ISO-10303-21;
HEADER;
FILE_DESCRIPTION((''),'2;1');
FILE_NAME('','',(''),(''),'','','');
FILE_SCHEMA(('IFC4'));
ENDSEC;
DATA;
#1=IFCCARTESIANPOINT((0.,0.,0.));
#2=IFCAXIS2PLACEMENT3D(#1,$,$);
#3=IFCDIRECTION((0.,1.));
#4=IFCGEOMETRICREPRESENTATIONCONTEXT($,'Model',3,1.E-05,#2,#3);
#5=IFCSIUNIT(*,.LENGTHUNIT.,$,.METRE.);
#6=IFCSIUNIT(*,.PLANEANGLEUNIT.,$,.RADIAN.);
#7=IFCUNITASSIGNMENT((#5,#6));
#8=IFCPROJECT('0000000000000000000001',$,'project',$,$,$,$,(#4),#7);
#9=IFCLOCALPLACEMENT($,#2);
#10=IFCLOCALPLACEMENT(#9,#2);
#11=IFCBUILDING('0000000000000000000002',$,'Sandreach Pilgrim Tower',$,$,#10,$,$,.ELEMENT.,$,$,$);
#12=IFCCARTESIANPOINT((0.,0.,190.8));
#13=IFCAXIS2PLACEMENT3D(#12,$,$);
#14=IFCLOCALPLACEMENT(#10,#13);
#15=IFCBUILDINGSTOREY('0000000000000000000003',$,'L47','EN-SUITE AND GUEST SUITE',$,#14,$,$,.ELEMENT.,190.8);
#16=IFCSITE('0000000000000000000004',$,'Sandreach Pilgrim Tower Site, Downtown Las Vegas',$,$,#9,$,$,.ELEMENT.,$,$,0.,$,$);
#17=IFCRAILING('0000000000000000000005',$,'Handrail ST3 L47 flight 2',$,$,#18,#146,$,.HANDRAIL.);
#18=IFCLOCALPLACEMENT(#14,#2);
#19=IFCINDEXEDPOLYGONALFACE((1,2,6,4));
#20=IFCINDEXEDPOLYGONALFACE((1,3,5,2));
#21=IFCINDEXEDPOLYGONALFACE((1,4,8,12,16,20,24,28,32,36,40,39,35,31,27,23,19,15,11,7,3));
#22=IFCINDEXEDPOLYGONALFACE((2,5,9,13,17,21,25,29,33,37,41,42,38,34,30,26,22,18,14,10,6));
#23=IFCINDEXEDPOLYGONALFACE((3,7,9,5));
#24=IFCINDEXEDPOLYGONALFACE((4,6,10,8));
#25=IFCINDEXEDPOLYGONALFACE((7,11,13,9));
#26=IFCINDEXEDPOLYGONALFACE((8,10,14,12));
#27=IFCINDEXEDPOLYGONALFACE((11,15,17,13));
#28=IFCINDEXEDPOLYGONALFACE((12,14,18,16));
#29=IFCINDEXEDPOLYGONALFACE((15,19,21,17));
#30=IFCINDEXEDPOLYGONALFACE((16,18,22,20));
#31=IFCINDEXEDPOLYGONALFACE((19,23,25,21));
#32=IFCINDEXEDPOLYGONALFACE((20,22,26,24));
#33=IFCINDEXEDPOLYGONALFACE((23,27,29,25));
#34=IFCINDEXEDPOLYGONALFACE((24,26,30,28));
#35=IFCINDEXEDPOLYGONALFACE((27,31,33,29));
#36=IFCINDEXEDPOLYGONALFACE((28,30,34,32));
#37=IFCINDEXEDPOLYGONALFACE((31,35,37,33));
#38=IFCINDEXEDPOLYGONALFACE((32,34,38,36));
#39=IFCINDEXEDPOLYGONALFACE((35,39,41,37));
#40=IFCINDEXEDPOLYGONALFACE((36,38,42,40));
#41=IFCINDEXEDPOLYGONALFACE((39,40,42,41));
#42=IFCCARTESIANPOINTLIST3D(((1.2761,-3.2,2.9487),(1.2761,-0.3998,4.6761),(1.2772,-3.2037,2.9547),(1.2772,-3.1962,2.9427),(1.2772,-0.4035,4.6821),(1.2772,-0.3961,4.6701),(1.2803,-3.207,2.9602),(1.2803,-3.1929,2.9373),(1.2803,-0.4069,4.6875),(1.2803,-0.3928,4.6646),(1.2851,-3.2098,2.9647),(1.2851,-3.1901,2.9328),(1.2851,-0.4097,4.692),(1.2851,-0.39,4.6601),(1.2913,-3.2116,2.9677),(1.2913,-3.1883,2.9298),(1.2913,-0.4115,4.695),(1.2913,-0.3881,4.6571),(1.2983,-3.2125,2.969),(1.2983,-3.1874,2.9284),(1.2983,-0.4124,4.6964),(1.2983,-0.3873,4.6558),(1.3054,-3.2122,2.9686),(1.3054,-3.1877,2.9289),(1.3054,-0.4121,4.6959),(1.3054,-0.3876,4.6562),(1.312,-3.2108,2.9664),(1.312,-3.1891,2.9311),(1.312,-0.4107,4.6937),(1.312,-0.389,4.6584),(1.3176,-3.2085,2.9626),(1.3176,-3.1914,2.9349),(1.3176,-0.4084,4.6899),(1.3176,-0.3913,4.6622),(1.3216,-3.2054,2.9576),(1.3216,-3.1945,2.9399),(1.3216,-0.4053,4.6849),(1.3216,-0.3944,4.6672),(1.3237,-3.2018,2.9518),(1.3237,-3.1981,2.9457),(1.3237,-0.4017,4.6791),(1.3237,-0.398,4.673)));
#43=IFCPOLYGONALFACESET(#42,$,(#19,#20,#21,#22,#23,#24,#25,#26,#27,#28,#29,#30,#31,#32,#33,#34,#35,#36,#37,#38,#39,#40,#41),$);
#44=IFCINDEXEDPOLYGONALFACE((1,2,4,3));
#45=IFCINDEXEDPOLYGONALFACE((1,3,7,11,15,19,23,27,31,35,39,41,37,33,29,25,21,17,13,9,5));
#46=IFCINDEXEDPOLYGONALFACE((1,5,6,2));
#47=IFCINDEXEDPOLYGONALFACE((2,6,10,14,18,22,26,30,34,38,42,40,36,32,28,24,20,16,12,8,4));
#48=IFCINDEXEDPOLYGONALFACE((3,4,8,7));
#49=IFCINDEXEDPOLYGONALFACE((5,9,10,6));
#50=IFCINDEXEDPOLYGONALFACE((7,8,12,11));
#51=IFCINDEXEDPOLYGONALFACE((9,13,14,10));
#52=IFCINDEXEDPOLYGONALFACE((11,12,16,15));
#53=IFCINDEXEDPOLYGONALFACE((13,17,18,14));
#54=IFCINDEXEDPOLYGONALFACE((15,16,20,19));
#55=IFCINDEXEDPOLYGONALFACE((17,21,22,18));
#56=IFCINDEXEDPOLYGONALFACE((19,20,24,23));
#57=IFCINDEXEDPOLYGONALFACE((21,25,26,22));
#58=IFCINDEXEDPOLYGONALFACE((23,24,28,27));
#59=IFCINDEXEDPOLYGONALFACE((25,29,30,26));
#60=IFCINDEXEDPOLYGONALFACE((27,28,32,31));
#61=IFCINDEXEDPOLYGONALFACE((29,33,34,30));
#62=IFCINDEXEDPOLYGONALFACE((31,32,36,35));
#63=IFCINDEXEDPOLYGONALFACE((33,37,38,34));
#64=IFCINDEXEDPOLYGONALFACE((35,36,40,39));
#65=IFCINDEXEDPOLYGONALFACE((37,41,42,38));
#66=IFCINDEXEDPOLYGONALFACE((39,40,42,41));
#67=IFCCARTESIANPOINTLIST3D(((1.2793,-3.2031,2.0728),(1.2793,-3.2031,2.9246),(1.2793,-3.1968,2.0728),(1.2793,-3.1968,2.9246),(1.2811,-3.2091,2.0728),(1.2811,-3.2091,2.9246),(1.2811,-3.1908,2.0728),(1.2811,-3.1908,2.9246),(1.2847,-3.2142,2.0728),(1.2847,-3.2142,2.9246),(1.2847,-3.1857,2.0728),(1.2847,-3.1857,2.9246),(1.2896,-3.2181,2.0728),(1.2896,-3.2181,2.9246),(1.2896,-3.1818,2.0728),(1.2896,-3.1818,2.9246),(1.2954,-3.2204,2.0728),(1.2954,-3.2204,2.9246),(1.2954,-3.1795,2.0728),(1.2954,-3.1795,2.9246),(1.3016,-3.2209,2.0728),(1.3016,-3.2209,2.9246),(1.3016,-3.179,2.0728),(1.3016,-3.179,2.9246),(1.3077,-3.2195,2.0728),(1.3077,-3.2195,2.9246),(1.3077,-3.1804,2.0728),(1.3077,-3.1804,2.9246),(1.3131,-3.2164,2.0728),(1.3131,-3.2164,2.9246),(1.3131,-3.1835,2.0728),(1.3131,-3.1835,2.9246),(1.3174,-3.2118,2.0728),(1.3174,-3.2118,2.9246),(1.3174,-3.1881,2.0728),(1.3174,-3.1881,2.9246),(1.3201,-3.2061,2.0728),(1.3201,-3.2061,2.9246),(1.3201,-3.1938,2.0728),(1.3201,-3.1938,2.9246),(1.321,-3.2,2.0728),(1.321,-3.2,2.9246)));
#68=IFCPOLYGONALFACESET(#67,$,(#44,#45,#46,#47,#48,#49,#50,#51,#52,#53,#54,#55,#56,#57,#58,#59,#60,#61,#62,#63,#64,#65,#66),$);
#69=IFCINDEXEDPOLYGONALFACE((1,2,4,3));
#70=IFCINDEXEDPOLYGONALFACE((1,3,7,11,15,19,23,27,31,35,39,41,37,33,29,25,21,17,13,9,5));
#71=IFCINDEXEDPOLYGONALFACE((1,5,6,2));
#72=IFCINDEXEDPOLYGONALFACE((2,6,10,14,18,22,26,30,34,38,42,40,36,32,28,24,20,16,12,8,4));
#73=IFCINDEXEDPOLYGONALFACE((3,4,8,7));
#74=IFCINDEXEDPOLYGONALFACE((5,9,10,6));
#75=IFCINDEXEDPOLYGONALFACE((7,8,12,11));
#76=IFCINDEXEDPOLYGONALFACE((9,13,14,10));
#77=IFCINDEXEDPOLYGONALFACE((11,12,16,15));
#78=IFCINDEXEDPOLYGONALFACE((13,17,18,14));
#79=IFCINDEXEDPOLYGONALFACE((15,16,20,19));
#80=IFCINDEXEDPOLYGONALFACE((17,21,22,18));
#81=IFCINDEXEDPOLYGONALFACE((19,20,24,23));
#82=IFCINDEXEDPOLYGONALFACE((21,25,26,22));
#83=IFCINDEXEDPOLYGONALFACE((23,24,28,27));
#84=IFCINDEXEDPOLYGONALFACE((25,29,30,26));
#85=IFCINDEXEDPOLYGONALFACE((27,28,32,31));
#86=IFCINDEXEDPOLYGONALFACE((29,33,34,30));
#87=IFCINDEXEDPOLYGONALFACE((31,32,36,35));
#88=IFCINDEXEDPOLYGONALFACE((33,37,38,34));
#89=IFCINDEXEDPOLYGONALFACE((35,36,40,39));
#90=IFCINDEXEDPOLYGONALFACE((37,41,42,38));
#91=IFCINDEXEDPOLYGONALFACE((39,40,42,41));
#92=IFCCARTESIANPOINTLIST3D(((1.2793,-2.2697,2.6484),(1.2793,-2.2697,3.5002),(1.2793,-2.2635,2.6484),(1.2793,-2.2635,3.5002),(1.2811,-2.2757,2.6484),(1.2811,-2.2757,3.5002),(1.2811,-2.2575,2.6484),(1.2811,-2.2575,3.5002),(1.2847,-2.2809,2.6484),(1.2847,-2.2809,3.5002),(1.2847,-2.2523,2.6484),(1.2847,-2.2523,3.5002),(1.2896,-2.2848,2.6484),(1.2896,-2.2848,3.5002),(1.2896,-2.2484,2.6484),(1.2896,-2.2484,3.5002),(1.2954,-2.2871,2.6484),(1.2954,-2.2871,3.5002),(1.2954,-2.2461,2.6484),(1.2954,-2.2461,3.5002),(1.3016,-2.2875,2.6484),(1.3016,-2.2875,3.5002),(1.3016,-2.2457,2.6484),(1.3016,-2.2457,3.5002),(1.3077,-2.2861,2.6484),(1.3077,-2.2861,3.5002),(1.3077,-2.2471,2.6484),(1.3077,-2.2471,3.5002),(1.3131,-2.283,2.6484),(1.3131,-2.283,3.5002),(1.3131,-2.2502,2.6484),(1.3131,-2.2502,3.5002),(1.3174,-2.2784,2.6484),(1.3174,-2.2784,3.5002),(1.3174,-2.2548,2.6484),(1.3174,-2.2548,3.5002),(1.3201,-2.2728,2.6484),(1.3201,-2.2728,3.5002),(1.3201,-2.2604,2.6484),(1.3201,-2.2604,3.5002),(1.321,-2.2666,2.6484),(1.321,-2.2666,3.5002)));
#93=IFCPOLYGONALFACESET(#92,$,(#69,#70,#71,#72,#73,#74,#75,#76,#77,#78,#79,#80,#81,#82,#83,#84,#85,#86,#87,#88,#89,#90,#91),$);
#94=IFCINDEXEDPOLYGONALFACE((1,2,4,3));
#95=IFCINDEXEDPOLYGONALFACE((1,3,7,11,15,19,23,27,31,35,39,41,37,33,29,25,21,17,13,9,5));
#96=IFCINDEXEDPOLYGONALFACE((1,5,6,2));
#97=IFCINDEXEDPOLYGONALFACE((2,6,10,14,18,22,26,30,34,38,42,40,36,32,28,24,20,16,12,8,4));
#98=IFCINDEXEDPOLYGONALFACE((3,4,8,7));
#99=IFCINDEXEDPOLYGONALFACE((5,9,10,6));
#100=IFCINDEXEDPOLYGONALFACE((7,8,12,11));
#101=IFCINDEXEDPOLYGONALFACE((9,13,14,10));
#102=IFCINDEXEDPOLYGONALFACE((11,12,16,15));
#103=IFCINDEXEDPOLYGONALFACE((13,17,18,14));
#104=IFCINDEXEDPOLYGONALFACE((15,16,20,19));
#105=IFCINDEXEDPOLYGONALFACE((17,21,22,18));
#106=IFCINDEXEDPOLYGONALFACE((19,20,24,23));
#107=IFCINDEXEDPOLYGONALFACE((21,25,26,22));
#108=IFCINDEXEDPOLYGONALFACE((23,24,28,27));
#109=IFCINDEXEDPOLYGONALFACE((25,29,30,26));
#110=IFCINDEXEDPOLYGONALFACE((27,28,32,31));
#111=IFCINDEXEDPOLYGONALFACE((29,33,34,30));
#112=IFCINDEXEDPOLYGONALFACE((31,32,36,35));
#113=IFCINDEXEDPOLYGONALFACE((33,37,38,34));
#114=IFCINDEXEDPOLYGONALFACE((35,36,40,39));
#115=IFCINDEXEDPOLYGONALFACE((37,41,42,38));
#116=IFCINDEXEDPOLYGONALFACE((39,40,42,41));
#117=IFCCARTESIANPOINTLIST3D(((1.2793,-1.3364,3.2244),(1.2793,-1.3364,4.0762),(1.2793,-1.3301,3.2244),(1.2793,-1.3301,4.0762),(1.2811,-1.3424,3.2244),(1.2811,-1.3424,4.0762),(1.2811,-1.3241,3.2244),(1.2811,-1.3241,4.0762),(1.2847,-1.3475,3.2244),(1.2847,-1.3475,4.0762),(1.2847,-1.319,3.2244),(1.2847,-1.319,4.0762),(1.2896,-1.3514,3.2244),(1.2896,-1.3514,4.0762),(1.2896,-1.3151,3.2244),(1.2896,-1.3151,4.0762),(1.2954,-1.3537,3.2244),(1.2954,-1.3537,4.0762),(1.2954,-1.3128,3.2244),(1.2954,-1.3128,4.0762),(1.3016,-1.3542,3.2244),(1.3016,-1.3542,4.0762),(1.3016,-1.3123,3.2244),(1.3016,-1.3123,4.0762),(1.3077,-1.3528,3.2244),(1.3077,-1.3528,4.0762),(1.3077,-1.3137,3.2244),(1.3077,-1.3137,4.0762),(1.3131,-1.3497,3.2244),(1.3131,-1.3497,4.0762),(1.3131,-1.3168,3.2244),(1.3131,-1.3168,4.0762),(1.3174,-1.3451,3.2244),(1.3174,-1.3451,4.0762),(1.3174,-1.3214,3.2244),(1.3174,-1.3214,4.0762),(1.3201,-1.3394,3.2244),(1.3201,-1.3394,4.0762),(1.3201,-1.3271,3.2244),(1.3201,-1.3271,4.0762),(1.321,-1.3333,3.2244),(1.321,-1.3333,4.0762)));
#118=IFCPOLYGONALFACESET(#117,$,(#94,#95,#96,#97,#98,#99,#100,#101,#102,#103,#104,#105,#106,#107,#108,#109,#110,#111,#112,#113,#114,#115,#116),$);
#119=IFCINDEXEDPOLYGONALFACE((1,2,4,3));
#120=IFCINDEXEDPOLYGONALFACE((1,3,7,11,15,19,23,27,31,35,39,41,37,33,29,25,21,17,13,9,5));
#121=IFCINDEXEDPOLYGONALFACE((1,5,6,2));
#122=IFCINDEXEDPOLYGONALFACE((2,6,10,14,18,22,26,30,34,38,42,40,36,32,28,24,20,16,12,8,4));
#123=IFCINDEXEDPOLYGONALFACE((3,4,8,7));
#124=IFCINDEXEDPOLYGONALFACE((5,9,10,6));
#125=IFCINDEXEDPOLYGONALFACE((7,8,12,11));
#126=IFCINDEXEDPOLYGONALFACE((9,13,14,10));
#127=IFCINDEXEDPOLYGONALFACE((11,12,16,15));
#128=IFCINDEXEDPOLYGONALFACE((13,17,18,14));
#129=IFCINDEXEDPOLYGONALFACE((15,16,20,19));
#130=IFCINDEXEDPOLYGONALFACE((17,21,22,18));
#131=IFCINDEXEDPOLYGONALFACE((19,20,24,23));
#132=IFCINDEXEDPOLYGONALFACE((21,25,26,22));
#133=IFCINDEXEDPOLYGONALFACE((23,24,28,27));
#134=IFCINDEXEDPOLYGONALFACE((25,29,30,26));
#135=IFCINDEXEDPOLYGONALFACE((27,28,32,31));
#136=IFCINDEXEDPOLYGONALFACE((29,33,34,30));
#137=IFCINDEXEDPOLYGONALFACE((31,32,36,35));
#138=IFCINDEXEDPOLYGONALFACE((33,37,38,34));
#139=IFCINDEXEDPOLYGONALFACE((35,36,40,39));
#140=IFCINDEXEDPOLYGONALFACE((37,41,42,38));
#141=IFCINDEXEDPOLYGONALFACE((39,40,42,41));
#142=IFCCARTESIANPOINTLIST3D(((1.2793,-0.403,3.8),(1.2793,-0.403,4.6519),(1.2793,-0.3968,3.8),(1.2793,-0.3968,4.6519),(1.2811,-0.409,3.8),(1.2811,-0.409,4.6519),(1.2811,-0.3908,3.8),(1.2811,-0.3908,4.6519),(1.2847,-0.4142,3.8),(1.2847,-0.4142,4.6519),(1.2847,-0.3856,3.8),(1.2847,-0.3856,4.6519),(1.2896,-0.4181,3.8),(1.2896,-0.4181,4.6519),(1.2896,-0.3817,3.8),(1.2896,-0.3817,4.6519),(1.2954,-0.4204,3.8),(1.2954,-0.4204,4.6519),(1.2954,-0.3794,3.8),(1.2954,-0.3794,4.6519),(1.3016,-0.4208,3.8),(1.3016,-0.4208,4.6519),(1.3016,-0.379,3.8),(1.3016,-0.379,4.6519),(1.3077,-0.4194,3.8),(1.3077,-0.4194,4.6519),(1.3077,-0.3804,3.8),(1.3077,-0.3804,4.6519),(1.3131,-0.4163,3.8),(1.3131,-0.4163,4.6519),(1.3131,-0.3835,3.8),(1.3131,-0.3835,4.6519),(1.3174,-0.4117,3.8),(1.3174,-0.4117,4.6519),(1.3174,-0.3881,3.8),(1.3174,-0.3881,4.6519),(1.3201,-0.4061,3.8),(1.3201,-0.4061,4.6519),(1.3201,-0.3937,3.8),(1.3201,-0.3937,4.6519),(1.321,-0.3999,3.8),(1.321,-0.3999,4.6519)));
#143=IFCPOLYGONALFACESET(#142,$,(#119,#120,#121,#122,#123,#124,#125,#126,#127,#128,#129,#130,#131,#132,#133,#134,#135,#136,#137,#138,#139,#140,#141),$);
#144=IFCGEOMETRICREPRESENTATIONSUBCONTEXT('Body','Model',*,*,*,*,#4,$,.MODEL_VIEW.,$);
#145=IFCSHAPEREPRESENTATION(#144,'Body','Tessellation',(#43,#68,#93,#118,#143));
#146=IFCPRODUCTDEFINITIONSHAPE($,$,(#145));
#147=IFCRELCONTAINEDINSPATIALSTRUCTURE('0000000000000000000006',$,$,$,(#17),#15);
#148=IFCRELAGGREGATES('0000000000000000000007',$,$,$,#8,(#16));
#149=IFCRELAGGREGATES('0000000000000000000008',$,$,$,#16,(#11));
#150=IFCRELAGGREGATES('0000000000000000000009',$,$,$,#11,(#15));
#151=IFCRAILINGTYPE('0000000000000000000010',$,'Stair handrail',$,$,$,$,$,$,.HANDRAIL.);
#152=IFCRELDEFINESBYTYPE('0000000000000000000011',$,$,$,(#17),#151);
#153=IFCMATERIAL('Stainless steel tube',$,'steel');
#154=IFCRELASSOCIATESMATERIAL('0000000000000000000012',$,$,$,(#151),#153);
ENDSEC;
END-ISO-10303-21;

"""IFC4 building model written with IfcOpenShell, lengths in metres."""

from ifc_helpers import new_model, si_unit, direction, frame, origin, origin_2d, place, context, subcontext, project, spatial, circle, extrude, material, type_object, element, save


model = new_model("IFC4")

# Units and contexts
model_context = context("Model", 3, precision=1e-05, world=origin(), true_north=direction((0.0, 1.0)))
body_context = subcontext(model_context, "Body", "Model", "MODEL_VIEW")
ifc_project = project(units=[si_unit("LENGTHUNIT", "METRE"), si_unit("PLANEANGLEUNIT", "RADIAN")], contexts=[model_context])

# Site, building, storey
site_placement = place(None, origin())
site = spatial("IfcSite", under=ifc_project, at=site_placement, Name="Sandreach Pilgrim Tower Site, Downtown Las Vegas", CompositionType="ELEMENT", RefElevation=0.0)
building_placement = place(site_placement, origin())
building = spatial("IfcBuilding", under=site, at=building_placement, Name="Sandreach Pilgrim Tower", CompositionType="ELEMENT")
storey_placement = place(building_placement, frame((0.0, 0.0, 190.8)))
storey = spatial("IfcBuildingStorey", under=building, at=storey_placement, Name="L47", Description="EN-SUITE AND GUEST SUITE", CompositionType="ELEMENT", Elevation=190.8)

# Railing
ifc_material_1 = material(Name="Stainless steel tube", Category="steel")
railing_type = type_object("IfcRailingType", Name="Stair handrail", PredefinedType="HANDRAIL", material=ifc_material_1)
for number, where, name in (
    (1, (1.3, -3.2, 2.0728), "Handrail ST3 L47 flight 2"),
):
    element("IfcRailing", number, at=place(storey_placement, frame(where)), inside=storey, type_object=railing_type, Name=name, PredefinedType="HANDRAIL", context=body_context, shape_type="SweptSolid", body=[
        extrude(circle(Radius=0.0239, at=origin_2d()), frame((0.0, 0.0, 0.876), z_axis=(0.0, 0.85109, 0.52502), x_axis=(-1.0, 0.0, 0.0)), (0.0, 0.0, 1.0), 3.29),
        extrude(circle(Radius=0.021, at=origin_2d()), origin(), (0.0, 0.0, 1.0), 0.8518),
        extrude(circle(Radius=0.021, at=origin_2d()), frame((0.0, 0.9333, 0.5757)), (0.0, 0.0, 1.0), 0.8518),
        extrude(circle(Radius=0.021, at=origin_2d()), frame((0.0, 1.8667, 1.1516)), (0.0, 0.0, 1.0), 0.8518),
        extrude(circle(Radius=0.021, at=origin_2d()), frame((0.0, 2.8, 1.7273)), (0.0, 0.0, 1.0), 0.8518),
    ])

save(model, "model.ifc")
